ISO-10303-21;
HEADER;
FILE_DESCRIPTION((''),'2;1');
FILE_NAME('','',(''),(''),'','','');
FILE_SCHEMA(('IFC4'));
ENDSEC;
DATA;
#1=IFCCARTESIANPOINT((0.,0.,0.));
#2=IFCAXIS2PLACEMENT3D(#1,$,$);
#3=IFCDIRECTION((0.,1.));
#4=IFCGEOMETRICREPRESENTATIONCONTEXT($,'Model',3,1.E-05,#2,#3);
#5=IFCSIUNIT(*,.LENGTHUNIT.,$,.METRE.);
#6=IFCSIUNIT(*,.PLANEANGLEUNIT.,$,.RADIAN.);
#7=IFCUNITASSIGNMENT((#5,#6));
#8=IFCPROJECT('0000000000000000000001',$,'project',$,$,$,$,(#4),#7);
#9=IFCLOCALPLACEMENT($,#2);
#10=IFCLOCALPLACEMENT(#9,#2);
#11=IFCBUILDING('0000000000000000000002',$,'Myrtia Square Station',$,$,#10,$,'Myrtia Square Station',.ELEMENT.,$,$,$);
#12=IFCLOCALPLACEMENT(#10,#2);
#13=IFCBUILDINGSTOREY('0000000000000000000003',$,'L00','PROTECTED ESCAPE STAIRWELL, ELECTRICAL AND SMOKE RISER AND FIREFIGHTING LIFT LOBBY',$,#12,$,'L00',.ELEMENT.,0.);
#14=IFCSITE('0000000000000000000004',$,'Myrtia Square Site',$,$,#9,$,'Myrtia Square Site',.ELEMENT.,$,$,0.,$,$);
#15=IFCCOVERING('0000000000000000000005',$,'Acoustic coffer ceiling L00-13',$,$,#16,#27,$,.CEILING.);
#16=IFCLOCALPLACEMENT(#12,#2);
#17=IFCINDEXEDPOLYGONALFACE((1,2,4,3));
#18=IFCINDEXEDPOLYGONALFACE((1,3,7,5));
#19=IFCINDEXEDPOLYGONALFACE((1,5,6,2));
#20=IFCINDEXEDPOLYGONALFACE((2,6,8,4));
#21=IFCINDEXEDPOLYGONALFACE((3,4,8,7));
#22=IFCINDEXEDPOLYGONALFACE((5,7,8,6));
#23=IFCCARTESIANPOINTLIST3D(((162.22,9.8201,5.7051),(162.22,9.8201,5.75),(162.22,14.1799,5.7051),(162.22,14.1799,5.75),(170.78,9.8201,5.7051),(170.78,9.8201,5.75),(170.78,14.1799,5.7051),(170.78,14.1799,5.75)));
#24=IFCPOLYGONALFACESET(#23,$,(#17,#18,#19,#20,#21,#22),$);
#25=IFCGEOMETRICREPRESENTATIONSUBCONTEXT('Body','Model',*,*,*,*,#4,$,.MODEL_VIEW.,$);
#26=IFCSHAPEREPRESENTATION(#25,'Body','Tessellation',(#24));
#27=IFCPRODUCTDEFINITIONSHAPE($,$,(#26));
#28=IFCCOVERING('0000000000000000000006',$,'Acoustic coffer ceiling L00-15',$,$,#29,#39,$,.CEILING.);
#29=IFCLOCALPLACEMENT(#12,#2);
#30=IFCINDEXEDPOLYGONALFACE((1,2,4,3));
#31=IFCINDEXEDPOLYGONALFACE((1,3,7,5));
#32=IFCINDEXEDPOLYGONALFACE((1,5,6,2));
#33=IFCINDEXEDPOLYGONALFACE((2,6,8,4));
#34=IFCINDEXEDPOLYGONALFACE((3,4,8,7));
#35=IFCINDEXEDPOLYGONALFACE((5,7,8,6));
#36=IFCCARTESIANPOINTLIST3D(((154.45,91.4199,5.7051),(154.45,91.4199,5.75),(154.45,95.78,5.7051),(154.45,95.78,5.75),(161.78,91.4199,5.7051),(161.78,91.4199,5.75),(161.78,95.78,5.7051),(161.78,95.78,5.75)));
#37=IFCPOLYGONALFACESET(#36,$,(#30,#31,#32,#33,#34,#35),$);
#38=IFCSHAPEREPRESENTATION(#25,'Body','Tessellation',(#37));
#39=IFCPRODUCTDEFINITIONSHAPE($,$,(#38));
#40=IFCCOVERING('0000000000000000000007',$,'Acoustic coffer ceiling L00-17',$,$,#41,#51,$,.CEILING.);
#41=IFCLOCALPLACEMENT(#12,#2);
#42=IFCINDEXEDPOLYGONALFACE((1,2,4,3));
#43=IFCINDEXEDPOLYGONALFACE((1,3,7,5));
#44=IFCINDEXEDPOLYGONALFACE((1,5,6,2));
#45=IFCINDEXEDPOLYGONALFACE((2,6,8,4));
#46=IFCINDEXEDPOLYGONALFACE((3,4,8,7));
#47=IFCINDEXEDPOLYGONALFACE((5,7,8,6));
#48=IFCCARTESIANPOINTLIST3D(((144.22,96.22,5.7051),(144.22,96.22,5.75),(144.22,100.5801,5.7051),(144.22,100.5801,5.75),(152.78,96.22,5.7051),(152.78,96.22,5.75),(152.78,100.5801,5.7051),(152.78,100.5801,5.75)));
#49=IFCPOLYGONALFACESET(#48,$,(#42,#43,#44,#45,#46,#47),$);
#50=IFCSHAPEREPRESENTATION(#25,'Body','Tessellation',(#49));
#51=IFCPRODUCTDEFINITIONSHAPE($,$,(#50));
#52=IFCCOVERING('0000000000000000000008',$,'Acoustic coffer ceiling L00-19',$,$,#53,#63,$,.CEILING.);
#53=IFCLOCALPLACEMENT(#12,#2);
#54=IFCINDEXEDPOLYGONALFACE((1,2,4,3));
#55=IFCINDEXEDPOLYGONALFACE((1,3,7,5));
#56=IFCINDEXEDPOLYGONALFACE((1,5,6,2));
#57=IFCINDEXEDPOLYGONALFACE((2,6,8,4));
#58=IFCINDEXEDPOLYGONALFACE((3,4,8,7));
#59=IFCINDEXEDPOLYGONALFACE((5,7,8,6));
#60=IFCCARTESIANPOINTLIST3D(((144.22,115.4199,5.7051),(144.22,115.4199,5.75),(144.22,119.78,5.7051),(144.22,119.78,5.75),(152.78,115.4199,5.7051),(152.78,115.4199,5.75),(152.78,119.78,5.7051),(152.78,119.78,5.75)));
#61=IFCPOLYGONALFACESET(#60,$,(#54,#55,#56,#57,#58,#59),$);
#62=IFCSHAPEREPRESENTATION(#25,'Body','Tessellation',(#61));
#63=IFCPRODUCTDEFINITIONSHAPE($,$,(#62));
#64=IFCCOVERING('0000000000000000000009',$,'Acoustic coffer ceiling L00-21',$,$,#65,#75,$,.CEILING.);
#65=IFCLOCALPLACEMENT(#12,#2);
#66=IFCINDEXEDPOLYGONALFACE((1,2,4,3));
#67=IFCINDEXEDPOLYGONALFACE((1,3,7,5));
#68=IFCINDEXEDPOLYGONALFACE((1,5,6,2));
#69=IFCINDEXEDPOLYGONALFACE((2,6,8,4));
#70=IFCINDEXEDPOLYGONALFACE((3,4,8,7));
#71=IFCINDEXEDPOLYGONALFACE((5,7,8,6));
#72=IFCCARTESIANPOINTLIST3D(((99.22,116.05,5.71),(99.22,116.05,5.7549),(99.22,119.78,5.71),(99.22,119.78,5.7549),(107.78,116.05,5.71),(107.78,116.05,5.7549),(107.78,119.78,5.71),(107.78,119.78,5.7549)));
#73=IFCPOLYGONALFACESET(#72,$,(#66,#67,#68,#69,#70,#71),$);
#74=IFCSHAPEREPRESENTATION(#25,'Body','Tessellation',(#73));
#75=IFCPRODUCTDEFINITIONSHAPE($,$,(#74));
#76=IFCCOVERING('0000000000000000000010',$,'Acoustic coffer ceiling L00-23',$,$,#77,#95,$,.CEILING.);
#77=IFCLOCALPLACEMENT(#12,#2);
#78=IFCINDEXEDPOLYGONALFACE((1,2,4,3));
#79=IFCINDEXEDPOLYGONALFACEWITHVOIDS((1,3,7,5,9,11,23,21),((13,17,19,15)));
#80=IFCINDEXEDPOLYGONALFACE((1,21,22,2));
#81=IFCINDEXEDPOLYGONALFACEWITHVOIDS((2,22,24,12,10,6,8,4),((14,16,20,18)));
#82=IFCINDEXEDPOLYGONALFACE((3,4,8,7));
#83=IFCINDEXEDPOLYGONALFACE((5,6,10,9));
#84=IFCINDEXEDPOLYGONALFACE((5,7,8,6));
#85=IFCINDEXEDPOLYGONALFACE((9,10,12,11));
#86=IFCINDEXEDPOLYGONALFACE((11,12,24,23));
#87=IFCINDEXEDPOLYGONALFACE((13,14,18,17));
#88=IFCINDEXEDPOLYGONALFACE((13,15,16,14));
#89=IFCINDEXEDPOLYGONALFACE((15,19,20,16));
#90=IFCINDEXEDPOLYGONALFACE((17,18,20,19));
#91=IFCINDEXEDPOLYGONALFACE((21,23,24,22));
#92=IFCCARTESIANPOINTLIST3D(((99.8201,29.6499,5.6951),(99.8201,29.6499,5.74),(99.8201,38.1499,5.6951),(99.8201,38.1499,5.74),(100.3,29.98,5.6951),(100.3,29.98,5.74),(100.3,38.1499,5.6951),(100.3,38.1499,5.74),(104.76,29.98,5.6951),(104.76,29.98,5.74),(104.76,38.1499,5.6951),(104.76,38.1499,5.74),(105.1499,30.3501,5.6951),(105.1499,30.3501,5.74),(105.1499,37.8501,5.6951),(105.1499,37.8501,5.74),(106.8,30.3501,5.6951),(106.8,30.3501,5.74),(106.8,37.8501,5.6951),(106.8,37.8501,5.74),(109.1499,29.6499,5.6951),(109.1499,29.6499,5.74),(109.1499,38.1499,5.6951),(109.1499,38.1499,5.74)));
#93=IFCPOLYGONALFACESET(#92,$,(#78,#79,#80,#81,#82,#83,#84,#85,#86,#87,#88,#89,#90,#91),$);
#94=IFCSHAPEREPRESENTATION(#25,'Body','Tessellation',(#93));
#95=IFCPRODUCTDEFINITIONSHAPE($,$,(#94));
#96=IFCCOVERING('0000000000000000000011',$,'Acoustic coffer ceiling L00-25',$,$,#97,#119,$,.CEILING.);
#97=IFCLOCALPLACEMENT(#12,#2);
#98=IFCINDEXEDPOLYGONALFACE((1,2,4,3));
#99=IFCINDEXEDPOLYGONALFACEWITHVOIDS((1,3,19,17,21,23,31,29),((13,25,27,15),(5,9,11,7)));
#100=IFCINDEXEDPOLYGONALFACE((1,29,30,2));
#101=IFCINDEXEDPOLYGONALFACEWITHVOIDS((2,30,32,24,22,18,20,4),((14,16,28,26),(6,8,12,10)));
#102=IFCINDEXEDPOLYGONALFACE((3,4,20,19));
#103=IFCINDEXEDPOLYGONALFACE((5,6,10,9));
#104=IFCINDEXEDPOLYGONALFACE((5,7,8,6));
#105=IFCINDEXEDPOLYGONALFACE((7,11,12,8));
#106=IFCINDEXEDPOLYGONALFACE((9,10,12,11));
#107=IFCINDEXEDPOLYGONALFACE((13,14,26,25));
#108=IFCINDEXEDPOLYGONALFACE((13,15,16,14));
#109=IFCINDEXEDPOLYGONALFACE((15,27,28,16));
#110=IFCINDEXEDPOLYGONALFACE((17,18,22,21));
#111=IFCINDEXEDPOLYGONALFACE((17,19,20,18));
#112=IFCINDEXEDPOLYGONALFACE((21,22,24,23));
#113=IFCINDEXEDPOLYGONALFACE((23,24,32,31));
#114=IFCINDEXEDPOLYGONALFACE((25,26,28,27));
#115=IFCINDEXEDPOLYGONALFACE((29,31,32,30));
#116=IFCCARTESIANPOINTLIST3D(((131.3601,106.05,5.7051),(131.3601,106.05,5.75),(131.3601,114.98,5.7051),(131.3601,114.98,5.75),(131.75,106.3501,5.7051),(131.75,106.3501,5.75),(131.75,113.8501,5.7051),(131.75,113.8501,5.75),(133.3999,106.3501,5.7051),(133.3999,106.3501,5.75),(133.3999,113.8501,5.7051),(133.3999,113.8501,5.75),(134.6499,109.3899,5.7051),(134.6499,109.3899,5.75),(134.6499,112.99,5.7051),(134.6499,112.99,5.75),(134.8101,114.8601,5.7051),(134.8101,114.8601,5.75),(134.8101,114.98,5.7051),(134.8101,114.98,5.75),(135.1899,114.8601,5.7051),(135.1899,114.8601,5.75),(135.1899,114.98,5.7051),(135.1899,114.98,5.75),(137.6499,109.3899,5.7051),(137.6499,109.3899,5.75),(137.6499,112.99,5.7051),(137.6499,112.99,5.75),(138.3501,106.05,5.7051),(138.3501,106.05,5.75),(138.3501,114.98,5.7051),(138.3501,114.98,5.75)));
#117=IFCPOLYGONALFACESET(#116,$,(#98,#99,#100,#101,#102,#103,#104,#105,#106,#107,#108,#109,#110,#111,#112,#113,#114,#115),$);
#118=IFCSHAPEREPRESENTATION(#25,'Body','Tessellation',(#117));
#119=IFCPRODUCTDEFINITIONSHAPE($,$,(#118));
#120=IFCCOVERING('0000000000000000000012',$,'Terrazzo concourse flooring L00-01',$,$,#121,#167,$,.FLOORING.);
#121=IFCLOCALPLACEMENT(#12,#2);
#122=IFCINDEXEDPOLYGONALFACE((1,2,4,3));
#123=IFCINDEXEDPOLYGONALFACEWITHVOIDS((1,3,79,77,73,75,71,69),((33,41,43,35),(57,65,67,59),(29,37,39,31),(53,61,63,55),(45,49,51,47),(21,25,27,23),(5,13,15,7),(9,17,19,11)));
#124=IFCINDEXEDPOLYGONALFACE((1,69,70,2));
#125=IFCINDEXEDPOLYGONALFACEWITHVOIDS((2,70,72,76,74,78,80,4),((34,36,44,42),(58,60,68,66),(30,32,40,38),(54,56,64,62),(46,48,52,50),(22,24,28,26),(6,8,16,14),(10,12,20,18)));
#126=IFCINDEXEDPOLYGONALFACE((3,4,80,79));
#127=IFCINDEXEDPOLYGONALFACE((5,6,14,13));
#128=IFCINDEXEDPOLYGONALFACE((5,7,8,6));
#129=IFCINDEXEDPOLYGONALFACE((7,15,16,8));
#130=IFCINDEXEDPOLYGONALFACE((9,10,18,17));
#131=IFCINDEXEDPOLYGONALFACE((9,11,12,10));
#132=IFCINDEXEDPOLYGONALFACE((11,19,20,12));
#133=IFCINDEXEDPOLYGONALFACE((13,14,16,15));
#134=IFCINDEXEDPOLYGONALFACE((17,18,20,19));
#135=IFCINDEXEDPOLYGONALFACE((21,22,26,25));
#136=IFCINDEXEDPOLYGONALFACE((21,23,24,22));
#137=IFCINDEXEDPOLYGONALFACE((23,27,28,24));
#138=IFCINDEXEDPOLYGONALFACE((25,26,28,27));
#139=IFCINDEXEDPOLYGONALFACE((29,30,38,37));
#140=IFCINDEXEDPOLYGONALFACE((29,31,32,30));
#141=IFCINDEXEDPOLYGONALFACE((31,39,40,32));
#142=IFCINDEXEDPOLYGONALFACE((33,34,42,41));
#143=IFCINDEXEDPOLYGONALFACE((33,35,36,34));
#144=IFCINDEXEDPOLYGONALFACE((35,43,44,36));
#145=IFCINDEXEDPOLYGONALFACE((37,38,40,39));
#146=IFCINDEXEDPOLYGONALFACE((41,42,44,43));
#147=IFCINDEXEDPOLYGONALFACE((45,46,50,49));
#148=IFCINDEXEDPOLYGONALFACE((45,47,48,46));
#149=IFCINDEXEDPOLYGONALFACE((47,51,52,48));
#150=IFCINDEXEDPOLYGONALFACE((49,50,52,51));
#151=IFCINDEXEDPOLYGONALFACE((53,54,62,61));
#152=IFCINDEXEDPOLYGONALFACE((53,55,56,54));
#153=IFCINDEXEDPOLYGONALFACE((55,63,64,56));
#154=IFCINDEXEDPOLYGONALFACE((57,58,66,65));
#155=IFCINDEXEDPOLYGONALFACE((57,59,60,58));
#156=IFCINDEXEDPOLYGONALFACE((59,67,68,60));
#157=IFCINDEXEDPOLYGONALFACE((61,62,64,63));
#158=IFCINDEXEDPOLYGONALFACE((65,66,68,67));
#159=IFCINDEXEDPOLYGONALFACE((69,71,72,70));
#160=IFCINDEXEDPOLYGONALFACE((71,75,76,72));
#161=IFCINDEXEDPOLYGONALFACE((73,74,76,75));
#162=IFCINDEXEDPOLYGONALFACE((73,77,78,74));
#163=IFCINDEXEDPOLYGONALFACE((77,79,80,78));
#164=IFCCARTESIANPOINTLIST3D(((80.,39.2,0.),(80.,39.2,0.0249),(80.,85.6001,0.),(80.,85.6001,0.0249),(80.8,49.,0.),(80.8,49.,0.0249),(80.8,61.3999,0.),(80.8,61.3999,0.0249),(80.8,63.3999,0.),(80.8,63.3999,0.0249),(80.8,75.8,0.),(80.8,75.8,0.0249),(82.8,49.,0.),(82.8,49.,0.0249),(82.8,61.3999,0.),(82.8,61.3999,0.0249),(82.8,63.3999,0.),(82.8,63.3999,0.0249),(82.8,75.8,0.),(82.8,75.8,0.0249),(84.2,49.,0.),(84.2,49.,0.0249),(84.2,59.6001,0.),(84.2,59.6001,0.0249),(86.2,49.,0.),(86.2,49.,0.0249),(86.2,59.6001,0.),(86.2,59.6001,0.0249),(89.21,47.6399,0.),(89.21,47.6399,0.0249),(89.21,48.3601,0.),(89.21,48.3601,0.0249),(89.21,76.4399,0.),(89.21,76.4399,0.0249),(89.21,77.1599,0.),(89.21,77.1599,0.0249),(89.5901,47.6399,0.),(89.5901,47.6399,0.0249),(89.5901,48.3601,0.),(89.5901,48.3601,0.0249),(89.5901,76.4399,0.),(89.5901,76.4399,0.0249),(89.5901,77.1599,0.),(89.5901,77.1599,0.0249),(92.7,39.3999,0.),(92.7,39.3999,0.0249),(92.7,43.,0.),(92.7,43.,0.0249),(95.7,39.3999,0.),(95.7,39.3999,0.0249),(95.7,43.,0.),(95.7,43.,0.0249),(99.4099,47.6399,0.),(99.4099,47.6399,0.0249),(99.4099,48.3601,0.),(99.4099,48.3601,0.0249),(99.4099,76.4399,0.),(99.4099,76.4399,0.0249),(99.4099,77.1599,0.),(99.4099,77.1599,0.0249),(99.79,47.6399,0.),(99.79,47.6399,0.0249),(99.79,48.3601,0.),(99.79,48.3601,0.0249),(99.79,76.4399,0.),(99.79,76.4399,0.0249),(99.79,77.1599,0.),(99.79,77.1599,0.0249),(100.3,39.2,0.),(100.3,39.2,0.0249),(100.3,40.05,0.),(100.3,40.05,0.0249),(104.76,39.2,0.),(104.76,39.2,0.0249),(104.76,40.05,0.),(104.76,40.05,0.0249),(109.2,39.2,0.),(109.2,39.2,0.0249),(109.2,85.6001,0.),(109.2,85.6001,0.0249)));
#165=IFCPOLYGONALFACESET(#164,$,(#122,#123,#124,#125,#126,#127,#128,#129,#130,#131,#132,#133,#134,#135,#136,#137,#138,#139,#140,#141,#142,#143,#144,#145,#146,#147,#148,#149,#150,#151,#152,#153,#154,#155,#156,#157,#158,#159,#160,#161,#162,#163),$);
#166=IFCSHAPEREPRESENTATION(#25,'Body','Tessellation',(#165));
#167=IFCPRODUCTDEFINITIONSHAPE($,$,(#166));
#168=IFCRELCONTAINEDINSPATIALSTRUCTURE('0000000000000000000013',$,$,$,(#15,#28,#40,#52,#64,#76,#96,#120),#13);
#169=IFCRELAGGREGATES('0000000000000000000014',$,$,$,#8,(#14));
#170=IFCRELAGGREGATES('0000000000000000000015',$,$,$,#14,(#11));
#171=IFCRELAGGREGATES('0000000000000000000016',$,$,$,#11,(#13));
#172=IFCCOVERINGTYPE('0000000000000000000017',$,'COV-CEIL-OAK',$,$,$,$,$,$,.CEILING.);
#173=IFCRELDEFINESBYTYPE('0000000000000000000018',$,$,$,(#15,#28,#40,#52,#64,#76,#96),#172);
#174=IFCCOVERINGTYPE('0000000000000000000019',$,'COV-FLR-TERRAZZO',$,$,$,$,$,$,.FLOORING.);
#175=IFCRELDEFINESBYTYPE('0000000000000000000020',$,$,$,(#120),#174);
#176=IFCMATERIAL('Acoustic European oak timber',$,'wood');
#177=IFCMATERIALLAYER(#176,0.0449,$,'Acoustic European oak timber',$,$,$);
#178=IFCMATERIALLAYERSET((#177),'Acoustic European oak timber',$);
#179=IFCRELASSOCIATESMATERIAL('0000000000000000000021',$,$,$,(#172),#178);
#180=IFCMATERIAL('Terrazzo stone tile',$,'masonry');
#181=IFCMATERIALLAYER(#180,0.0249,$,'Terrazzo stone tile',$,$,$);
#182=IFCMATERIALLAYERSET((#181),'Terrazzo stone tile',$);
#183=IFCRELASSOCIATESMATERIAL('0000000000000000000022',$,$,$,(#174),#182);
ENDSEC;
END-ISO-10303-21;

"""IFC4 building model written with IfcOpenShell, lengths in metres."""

from ifc_helpers import new_model, si_unit, direction, frame, origin, place, context, subcontext, project, spatial, polyline, outline, extrude, material, layer, layer_set, type_object, element, save


model = new_model("IFC4")

# Units and contexts
model_context = context("Model", 3, precision=1e-05, world=origin(), true_north=direction((0.0, 1.0)))
body_context = subcontext(model_context, "Body", "Model", "MODEL_VIEW")
ifc_project = project(units=[si_unit("LENGTHUNIT", "METRE"), si_unit("PLANEANGLEUNIT", "RADIAN")], contexts=[model_context])

# Site, building, storey
site_placement = place(None, origin())
site = spatial("IfcSite", under=ifc_project, at=site_placement, Name="Myrtia Square Site", LongName="Myrtia Square Site", CompositionType="ELEMENT", RefElevation=0.0)
building_placement = place(site_placement, origin())
building = spatial("IfcBuilding", under=site, at=building_placement, Name="Myrtia Square Station", LongName="Myrtia Square Station", CompositionType="ELEMENT")
storey_placement = place(building_placement, origin())
storey = spatial("IfcBuildingStorey", under=building, at=storey_placement, Name="L00", Description="PROTECTED ESCAPE STAIRWELL, ELECTRICAL AND SMOKE RISER AND FIREFIGHTING LIFT LOBBY", LongName="L00", CompositionType="ELEMENT", Elevation=0.0)

# Coverings
ifc_material_1 = material(Name="Acoustic European oak timber", Category="wood")
ifc_layer_1 = layer(ifc_material_1, 0.0449, Name="Acoustic European oak timber")
ifc_layer_set_1 = layer_set([ifc_layer_1], Name="Acoustic European oak timber")
covering_type_1 = type_object("IfcCoveringType", Name="COV-CEIL-OAK", PredefinedType="CEILING", material=ifc_layer_set_1)
covering_1_placement = place(storey_placement, frame((0.0, 0.0, 5.7051)))
element("IfcCovering", 1, at=covering_1_placement, inside=storey, type_object=covering_type_1, Name="Acoustic coffer ceiling L00-13", PredefinedType="CEILING", context=body_context, shape_type="SweptSolid", body=[
    extrude(outline(polyline([(170.78, 9.8201), (162.22, 9.8201), (162.22, 14.1799), (170.78, 14.1799), (170.78, 9.8201)])), origin(), (0.0, 0.0, 1.0), 0.0449),
])
covering_2_placement = place(storey_placement, frame((0.0, 0.0, 5.7051)))
element("IfcCovering", 2, at=covering_2_placement, inside=storey, type_object=covering_type_1, Name="Acoustic coffer ceiling L00-15", PredefinedType="CEILING", context=body_context, shape_type="SweptSolid", body=[
    extrude(outline(polyline([(154.45, 95.78), (161.78, 95.78), (161.78, 91.4199), (154.45, 91.4199), (154.45, 95.78)])), origin(), (0.0, 0.0, 1.0), 0.0449),
])
covering_3_placement = place(storey_placement, frame((0.0, 0.0, 5.7051)))
element("IfcCovering", 3, at=covering_3_placement, inside=storey, type_object=covering_type_1, Name="Acoustic coffer ceiling L00-17", PredefinedType="CEILING", context=body_context, shape_type="SweptSolid", body=[
    extrude(outline(polyline([(144.22, 96.22), (144.22, 100.5801), (152.78, 100.5801), (152.78, 96.22), (144.22, 96.22)])), origin(), (0.0, 0.0, 1.0), 0.0449),
])
covering_4_placement = place(storey_placement, frame((0.0, 0.0, 5.7051)))
element("IfcCovering", 4, at=covering_4_placement, inside=storey, type_object=covering_type_1, Name="Acoustic coffer ceiling L00-19", PredefinedType="CEILING", context=body_context, shape_type="SweptSolid", body=[
    extrude(outline(polyline([(144.22, 115.4199), (144.22, 119.78), (152.78, 119.78), (152.78, 115.4199), (144.22, 115.4199)])), origin(), (0.0, 0.0, 1.0), 0.0449),
])
covering_5_placement = place(storey_placement, frame((0.0, 0.0, 5.71)))
element("IfcCovering", 5, at=covering_5_placement, inside=storey, type_object=covering_type_1, Name="Acoustic coffer ceiling L00-21", PredefinedType="CEILING", context=body_context, shape_type="SweptSolid", body=[
    extrude(outline(polyline([(99.22, 116.05), (99.22, 119.78), (107.78, 119.78), (107.78, 116.05), (99.22, 116.05)])), origin(), (0.0, 0.0, 1.0), 0.0449),
])
covering_6_placement = place(storey_placement, frame((0.0, 0.0, 5.6951)))
element("IfcCovering", 6, at=covering_6_placement, inside=storey, type_object=covering_type_1, Name="Acoustic coffer ceiling L00-23", PredefinedType="CEILING", context=body_context, shape_type="SweptSolid", body=[
    extrude(outline(polyline([(99.8201, 29.6499), (99.8201, 38.1499), (100.3, 38.1499), (100.3, 29.98), (104.76, 29.98), (104.76, 38.1499), (109.1499, 38.1499), (109.1499, 29.6499), (99.8201, 29.6499)]), holes=[polyline([(106.8, 37.8501), (105.1499, 37.8501), (105.1499, 30.3501), (106.8, 30.3501), (106.8, 37.8501)])]), origin(), (0.0, 0.0, 1.0), 0.0449),
])
covering_7_placement = place(storey_placement, frame((0.0, 0.0, 5.7051)))
element("IfcCovering", 7, at=covering_7_placement, inside=storey, type_object=covering_type_1, Name="Acoustic coffer ceiling L00-25", PredefinedType="CEILING", context=body_context, shape_type="SweptSolid", body=[
    extrude(outline(polyline([(138.3501, 106.05), (131.3601, 106.05), (131.3601, 114.98), (134.8101, 114.98), (134.8101, 114.8601), (135.1899, 114.8601), (135.1899, 114.98), (138.3501, 114.98), (138.3501, 106.05)]), holes=[polyline([(133.3999, 113.8501), (131.75, 113.8501), (131.75, 106.3501), (133.3999, 106.3501), (133.3999, 113.8501)]), polyline([(134.6499, 112.99), (134.6499, 109.3899), (137.6499, 109.3899), (137.6499, 112.99), (134.6499, 112.99)])]), origin(), (0.0, 0.0, 1.0), 0.0449),
])
ifc_material_2 = material(Name="Terrazzo stone tile", Category="masonry")
ifc_layer_2 = layer(ifc_material_2, 0.0249, Name="Terrazzo stone tile")
ifc_layer_set_2 = layer_set([ifc_layer_2], Name="Terrazzo stone tile")
covering_type_2 = type_object("IfcCoveringType", Name="COV-FLR-TERRAZZO", PredefinedType="FLOORING", material=ifc_layer_set_2)
covering_8_placement = place(storey_placement, origin())
element("IfcCovering", 8, at=covering_8_placement, inside=storey, type_object=covering_type_2, Name="Terrazzo concourse flooring L00-01", PredefinedType="FLOORING", context=body_context, shape_type="SweptSolid", body=[
    extrude(outline(polyline([(80.0, 85.6001), (109.2, 85.6001), (109.2, 39.2), (104.76, 39.2), (104.76, 40.05), (100.3, 40.05), (100.3, 39.2), (80.0, 39.2), (80.0, 85.6001)]), holes=[polyline([(95.7, 43.0), (92.7, 43.0), (92.7, 39.3999), (95.7, 39.3999), (95.7, 43.0)]), polyline([(99.79, 47.6399), (99.79, 48.3601), (99.4099, 48.3601), (99.4099, 47.6399), (99.79, 47.6399)]), polyline([(89.5901, 47.6399), (89.5901, 48.3601), (89.21, 48.3601), (89.21, 47.6399), (89.5901, 47.6399)]), polyline([(86.2, 49.0), (86.2, 59.6001), (84.2, 59.6001), (84.2, 49.0), (86.2, 49.0)]), polyline([(82.8, 61.3999), (80.8, 61.3999), (80.8, 49.0), (82.8, 49.0), (82.8, 61.3999)]), polyline([(82.8, 75.8), (80.8, 75.8), (80.8, 63.3999), (82.8, 63.3999), (82.8, 75.8)]), polyline([(89.5901, 76.4399), (89.5901, 77.1599), (89.21, 77.1599), (89.21, 76.4399), (89.5901, 76.4399)]), polyline([(99.79, 77.1599), (99.4099, 77.1599), (99.4099, 76.4399), (99.79, 76.4399), (99.79, 77.1599)])]), origin(), (0.0, 0.0, 1.0), 0.0249),
])

save(model, "model.ifc")
